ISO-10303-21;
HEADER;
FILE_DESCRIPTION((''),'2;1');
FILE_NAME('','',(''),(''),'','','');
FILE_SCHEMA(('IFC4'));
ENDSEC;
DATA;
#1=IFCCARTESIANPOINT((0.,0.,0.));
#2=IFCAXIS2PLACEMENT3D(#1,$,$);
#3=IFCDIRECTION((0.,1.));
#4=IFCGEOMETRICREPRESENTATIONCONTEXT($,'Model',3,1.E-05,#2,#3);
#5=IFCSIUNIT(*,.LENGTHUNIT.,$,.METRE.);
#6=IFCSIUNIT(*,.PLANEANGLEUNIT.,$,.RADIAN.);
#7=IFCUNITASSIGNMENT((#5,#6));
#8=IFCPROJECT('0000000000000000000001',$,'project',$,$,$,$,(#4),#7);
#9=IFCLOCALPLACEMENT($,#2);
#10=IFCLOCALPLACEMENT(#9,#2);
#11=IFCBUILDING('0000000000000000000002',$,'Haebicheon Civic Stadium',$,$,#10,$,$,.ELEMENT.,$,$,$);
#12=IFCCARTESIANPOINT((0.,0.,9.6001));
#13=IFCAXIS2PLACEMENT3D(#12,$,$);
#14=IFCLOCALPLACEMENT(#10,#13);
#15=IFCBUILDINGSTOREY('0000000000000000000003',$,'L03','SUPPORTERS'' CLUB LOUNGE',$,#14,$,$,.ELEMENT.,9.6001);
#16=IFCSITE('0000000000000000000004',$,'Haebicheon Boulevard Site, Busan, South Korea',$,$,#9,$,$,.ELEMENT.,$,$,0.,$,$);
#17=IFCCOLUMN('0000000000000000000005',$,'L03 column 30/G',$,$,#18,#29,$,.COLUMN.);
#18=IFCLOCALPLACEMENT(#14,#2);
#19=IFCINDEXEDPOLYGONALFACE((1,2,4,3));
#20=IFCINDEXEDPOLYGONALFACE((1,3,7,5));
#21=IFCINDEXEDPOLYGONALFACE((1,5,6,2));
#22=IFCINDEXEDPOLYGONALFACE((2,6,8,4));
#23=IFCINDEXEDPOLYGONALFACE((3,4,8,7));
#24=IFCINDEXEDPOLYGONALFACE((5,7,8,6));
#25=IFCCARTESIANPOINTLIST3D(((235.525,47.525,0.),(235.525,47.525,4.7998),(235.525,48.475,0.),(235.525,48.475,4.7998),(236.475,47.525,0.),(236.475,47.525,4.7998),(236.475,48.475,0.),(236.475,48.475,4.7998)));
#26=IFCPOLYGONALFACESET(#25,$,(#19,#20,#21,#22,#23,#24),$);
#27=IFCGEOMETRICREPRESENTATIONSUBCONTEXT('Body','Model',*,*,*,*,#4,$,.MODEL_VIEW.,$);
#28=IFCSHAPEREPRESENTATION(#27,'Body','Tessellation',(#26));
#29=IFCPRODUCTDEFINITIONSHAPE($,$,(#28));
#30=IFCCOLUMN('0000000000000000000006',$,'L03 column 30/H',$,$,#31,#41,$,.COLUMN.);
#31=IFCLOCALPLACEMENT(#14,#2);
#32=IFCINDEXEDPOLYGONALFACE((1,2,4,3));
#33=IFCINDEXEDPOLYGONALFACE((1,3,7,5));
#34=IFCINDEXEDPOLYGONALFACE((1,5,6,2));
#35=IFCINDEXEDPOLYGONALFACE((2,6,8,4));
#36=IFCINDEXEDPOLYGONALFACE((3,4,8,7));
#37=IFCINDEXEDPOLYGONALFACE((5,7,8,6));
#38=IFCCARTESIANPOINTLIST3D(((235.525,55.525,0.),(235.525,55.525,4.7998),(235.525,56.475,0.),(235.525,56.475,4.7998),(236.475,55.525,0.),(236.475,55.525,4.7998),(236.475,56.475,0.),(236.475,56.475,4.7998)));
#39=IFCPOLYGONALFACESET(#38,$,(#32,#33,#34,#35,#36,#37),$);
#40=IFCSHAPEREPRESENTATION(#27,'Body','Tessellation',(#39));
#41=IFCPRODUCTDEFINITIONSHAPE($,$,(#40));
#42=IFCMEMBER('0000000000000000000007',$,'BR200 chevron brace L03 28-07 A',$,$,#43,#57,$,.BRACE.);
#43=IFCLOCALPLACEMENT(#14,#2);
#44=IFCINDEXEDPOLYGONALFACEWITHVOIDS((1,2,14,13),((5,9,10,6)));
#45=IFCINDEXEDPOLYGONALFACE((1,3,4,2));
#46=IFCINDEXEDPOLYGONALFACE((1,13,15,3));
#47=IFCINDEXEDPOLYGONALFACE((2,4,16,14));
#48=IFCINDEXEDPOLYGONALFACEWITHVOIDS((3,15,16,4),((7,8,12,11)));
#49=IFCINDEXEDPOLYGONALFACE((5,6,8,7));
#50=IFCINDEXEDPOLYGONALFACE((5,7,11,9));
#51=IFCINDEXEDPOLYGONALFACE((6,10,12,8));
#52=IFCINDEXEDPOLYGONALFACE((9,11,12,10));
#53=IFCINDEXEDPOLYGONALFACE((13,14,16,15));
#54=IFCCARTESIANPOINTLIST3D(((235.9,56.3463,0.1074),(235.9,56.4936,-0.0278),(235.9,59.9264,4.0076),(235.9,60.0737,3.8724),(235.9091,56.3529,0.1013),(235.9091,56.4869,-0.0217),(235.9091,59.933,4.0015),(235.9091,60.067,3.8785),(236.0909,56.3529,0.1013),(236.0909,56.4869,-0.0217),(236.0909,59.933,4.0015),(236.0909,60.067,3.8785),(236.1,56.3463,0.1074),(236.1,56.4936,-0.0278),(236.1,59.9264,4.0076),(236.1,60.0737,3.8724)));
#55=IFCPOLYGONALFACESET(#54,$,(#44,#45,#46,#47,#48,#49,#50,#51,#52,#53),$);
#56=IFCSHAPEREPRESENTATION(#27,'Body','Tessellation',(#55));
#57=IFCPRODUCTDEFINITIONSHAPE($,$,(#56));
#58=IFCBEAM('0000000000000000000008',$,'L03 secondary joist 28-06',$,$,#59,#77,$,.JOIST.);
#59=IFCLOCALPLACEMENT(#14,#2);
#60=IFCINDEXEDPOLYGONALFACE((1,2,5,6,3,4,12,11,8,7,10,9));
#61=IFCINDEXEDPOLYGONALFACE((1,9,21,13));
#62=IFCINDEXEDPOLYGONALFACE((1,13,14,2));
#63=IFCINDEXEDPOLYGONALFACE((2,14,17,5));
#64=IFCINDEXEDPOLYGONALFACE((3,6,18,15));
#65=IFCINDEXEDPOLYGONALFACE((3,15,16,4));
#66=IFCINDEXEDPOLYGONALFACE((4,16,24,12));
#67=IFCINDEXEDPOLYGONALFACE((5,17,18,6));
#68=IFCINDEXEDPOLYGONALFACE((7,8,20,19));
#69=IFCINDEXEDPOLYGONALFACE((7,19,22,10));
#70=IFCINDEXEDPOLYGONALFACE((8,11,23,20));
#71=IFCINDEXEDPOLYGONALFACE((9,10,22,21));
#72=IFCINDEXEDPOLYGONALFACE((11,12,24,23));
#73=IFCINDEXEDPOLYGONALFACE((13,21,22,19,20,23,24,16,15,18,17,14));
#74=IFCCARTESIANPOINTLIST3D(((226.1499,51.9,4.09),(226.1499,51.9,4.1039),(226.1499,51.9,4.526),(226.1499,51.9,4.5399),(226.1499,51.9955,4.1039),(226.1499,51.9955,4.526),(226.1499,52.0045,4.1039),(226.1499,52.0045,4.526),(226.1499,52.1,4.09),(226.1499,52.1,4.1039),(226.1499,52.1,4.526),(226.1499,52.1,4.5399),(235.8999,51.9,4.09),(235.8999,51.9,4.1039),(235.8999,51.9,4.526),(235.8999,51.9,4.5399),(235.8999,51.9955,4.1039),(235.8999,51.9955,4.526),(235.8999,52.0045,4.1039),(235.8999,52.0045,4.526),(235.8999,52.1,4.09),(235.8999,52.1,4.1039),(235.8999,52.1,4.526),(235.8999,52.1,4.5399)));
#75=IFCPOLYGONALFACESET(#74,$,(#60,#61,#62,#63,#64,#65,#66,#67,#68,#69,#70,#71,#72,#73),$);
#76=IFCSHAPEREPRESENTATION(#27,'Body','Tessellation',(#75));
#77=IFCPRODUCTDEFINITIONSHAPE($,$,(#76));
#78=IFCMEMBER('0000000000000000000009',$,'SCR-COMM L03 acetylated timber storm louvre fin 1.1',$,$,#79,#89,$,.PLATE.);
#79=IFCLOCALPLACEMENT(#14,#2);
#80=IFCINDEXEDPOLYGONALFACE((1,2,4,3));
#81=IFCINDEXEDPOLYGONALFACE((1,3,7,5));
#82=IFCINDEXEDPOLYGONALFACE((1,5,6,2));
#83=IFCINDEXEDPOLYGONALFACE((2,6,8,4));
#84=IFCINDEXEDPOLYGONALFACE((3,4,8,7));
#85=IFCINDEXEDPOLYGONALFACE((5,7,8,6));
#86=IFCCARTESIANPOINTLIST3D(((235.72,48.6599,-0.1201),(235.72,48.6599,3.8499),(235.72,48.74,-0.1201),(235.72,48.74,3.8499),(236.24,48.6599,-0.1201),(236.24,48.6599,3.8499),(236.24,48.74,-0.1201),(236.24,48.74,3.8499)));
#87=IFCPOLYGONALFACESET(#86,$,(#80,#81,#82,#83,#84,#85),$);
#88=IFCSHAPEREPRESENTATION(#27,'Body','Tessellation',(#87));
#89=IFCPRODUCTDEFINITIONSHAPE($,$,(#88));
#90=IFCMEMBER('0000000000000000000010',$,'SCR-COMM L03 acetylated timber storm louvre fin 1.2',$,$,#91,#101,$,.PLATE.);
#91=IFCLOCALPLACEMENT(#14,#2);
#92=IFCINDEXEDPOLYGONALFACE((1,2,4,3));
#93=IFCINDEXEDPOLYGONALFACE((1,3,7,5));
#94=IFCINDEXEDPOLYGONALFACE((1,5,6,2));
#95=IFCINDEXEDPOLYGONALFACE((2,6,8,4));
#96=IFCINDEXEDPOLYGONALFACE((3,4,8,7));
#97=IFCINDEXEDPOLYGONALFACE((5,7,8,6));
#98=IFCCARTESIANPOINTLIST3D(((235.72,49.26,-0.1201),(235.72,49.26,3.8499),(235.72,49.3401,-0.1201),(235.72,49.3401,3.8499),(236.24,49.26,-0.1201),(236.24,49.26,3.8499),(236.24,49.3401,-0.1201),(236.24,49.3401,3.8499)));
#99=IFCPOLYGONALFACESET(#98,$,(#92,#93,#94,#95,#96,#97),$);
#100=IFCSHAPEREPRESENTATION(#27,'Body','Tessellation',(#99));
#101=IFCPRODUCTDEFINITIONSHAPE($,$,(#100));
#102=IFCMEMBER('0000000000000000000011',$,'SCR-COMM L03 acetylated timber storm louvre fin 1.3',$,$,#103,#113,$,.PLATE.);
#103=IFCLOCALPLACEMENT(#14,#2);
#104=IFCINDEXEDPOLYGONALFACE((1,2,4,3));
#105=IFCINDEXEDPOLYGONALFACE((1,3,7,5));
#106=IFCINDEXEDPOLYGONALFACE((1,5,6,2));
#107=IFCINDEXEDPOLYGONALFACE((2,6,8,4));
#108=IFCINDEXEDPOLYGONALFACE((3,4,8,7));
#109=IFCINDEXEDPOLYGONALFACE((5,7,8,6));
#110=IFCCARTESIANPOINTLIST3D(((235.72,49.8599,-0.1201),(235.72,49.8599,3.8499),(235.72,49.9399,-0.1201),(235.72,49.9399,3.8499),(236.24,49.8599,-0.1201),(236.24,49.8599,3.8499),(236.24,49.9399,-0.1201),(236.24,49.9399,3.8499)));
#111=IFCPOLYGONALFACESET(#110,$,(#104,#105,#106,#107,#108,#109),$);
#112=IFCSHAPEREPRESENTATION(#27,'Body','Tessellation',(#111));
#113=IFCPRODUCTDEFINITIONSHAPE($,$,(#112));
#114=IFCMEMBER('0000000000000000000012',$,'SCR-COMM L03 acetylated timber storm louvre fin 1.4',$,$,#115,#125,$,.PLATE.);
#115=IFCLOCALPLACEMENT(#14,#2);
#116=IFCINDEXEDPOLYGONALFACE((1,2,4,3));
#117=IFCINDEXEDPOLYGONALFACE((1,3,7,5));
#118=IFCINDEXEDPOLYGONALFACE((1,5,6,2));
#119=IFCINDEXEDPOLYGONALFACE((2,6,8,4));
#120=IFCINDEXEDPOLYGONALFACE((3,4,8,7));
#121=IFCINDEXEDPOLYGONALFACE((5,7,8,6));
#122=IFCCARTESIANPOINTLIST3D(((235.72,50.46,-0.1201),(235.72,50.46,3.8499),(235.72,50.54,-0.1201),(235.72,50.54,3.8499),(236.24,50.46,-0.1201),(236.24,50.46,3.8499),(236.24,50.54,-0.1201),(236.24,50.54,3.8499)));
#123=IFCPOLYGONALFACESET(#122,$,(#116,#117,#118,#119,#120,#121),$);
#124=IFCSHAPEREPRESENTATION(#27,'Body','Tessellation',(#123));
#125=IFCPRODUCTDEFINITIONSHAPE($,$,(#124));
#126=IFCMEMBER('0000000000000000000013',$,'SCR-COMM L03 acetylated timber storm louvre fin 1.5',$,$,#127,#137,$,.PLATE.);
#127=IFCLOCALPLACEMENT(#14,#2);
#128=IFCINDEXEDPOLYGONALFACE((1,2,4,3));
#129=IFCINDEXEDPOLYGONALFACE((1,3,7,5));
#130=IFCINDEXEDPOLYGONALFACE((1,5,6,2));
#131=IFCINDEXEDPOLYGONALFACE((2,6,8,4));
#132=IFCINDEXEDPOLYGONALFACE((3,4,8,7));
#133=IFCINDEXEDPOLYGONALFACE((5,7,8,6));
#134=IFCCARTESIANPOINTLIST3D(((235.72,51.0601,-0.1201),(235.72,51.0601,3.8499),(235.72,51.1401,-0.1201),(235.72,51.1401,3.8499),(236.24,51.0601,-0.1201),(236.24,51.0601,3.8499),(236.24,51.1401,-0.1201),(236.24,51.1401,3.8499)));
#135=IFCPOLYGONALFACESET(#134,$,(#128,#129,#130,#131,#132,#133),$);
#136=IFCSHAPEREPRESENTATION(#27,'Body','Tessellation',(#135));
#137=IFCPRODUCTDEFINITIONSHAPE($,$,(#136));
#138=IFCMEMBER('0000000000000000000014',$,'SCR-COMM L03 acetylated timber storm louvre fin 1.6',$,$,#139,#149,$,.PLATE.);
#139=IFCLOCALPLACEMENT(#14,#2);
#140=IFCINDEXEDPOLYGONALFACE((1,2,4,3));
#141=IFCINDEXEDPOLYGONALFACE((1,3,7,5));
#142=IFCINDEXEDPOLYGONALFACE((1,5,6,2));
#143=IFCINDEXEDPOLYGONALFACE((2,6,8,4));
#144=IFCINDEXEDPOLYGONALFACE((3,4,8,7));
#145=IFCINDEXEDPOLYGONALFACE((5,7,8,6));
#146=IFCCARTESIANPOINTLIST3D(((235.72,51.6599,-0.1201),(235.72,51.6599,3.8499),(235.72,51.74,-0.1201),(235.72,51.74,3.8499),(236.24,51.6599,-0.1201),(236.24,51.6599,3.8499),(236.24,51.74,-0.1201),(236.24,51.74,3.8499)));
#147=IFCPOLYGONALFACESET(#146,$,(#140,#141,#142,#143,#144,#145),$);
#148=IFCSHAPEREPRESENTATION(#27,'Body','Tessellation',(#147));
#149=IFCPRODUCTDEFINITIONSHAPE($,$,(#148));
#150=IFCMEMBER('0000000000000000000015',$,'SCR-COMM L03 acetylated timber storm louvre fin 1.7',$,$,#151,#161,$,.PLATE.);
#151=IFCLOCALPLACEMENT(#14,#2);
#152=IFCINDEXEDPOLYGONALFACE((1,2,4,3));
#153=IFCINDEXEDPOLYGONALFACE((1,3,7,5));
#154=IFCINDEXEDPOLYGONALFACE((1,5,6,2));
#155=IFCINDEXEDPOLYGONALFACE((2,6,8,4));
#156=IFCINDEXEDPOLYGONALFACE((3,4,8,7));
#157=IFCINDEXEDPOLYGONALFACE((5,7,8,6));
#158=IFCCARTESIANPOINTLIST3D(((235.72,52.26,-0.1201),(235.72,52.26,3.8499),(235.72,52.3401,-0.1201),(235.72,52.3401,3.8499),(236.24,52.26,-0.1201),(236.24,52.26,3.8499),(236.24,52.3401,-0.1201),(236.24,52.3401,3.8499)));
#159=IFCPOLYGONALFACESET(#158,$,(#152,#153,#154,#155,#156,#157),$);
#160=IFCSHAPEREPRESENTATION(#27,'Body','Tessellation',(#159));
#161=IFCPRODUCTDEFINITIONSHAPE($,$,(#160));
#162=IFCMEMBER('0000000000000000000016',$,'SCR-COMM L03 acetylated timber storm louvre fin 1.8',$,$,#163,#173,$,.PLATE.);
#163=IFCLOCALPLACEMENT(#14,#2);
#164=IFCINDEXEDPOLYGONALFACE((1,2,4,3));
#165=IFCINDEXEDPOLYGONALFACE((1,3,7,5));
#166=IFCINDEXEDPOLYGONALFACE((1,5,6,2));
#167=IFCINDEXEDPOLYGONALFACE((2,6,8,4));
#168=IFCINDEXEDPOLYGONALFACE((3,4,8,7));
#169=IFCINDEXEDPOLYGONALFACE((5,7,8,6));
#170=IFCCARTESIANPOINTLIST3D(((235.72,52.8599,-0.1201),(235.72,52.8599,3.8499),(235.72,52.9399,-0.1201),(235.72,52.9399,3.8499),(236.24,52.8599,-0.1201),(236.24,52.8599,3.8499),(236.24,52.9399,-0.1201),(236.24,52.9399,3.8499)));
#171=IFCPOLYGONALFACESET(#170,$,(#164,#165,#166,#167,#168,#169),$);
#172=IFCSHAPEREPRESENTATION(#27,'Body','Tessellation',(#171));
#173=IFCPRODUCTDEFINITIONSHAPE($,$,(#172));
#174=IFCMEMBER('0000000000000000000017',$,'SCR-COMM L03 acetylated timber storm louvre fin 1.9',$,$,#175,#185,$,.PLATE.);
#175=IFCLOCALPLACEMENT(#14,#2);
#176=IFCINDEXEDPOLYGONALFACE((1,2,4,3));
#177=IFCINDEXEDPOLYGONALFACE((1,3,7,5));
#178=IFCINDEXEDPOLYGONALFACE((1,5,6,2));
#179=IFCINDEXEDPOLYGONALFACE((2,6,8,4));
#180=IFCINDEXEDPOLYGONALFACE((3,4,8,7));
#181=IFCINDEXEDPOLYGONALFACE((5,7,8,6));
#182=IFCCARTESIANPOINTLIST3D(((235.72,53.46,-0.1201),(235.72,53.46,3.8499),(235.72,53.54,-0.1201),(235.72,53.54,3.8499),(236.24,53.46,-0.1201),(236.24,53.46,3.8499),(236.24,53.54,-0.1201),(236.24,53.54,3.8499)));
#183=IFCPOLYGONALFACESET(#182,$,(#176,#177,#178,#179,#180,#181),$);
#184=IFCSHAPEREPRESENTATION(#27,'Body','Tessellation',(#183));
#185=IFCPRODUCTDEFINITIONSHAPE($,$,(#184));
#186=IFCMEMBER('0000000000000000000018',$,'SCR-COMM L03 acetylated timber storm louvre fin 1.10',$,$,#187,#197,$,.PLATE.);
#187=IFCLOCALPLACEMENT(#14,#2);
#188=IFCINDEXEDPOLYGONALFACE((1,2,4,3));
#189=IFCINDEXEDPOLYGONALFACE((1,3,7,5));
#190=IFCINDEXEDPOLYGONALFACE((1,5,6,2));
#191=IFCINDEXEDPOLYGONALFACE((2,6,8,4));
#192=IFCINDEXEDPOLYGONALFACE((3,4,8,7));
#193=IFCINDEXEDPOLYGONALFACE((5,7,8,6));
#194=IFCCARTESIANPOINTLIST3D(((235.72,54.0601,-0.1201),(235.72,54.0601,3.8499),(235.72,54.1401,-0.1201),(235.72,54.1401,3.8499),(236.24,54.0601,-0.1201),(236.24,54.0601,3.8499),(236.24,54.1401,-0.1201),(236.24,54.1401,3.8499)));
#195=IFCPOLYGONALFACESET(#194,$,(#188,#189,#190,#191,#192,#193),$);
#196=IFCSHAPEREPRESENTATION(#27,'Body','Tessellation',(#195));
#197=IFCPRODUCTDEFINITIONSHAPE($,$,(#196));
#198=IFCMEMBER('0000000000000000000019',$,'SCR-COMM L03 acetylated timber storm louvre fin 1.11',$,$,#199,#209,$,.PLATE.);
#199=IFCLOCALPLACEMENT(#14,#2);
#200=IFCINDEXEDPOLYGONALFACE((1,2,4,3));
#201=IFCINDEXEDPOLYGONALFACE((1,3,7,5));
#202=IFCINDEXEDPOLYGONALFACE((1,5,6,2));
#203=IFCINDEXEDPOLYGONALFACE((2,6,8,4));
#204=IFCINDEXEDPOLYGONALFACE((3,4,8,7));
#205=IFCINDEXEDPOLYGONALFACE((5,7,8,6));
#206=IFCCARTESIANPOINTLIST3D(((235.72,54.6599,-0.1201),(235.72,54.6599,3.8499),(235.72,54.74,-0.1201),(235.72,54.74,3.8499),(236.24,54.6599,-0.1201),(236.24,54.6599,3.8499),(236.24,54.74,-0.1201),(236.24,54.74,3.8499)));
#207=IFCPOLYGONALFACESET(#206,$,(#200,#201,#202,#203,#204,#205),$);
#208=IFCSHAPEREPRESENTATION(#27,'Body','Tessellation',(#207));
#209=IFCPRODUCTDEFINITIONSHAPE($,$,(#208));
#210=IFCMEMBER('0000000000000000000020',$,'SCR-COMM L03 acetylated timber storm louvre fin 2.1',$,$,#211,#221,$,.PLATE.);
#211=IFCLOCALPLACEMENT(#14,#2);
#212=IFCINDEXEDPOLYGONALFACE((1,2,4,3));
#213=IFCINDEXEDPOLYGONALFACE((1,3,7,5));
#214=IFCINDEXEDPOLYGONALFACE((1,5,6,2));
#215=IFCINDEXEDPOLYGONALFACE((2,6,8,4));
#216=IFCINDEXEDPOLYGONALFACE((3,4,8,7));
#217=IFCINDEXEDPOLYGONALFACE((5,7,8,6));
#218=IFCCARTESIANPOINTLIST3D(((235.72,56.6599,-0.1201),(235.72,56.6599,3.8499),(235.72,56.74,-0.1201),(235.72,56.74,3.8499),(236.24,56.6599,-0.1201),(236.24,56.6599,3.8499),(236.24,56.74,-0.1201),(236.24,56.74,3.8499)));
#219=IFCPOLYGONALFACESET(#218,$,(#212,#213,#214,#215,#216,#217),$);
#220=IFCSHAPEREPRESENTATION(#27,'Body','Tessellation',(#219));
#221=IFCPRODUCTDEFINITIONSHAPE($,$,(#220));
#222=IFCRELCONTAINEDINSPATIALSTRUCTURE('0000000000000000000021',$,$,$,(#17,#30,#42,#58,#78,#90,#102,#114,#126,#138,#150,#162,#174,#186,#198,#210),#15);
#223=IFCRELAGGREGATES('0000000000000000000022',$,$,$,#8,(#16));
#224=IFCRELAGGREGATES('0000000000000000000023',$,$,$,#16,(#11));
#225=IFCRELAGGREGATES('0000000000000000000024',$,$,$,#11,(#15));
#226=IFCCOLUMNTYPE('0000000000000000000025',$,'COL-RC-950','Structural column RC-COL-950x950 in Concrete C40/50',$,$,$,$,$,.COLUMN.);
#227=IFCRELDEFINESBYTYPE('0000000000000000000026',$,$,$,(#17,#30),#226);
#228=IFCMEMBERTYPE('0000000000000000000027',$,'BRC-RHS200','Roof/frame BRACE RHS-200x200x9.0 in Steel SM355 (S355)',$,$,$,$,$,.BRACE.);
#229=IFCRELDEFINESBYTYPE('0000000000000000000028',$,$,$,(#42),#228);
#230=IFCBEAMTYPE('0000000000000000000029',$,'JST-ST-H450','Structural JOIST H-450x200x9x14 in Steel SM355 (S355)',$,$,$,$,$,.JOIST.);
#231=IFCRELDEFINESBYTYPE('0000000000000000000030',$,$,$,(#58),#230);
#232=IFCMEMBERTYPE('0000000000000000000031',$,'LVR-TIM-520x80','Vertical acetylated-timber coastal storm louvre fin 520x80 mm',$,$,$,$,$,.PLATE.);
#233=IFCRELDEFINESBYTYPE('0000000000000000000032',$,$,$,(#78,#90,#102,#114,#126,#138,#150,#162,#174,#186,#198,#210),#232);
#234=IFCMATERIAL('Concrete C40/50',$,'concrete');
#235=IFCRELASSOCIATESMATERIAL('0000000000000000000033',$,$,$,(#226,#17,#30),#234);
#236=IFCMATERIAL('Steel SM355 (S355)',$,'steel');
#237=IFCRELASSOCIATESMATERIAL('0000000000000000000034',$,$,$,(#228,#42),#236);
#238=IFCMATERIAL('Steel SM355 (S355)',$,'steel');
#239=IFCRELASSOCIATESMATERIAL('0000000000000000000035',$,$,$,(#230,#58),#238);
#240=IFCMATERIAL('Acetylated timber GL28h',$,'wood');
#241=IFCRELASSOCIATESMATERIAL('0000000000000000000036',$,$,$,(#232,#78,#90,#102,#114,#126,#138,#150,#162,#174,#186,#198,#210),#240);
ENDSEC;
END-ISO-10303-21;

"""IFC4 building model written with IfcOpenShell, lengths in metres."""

from ifc_helpers import new_model, si_unit, direction, frame, origin, origin_2d, place, context, subcontext, project, spatial, rectangle, hollow_rectangle, i_section, extrude, material, material_profile, profile_set, type_object, element, save


model = new_model("IFC4")

# Units and contexts
model_context = context("Model", 3, precision=1e-05, world=origin(), true_north=direction((0.0, 1.0)))
body_context = subcontext(model_context, "Body", "Model", "MODEL_VIEW")
ifc_project = project(units=[si_unit("LENGTHUNIT", "METRE"), si_unit("PLANEANGLEUNIT", "RADIAN")], contexts=[model_context])

# Site, building, storey
site_placement = place(None, origin())
site = spatial("IfcSite", under=ifc_project, at=site_placement, Name="Haebicheon Boulevard Site, Busan, South Korea", CompositionType="ELEMENT", RefElevation=0.0)
building_placement = place(site_placement, origin())
building = spatial("IfcBuilding", under=site, at=building_placement, Name="Haebicheon Civic Stadium", CompositionType="ELEMENT")
storey_placement = place(building_placement, frame((0.0, 0.0, 9.6001)))
storey = spatial("IfcBuildingStorey", under=building, at=storey_placement, Name="L03", Description="SUPPORTERS' CLUB LOUNGE", CompositionType="ELEMENT", Elevation=9.6001)

# Columns
ifc_material_1 = material(Name="Concrete C40/50", Category="concrete")
ifc_material_profile_1 = material_profile(ifc_material_1, rectangle(XDim=0.95, YDim=0.95, at=origin_2d()), Name="RC-COL-950x950")
ifc_profile_set_1 = profile_set([ifc_material_profile_1], Name="Concrete C40/50")
column_type = type_object("IfcColumnType", Name="COL-RC-950", Description="Structural column RC-COL-950x950 in Concrete C40/50", PredefinedType="COLUMN", material=ifc_profile_set_1)
for number, where, z_axis, x_axis, name in (
    (1, (236.0, 48.0, 0.0), (0.0, 0.0, 1.0), (1.0, 0.0, 0.0), "L03 column 30/G"),
    (2, (236.0, 56.0, 0.0), (0.0, 0.0, 1.0), (1.0, 0.0, 0.0), "L03 column 30/H"),
):
    element("IfcColumn", number, at=place(storey_placement, frame(where, z_axis=z_axis, x_axis=x_axis)), inside=storey, type_object=column_type, material=ifc_profile_set_1, Name=name, PredefinedType="COLUMN", context=body_context, shape_type="SweptSolid", body=[
        extrude(rectangle(XDim=0.95, YDim=0.95, at=origin_2d()), origin(), (0.0, 0.0, 1.0), 4.7998),
    ])

# Member
ifc_material_2 = material(Name="Steel SM355 (S355)", Category="steel")
ifc_material_profile_2 = material_profile(ifc_material_2, hollow_rectangle(XDim=0.2, YDim=0.2, WallThickness=0.009, at=origin_2d()), Name="RHS-200x200x9.0")
ifc_profile_set_2 = profile_set([ifc_material_profile_2], Name="Steel SM355 (S355)")
member_type_1 = type_object("IfcMemberType", Name="BRC-RHS200", Description="Roof/frame BRACE RHS-200x200x9.0 in Steel SM355 (S355)", PredefinedType="BRACE", material=ifc_profile_set_2)
member_placement = place(storey_placement, frame((236.0, 56.4199, 0.0398), z_axis=(0.0, 0.676232, 0.736689), x_axis=(-1.0, 0.0, 0.0)))
element("IfcMember", 3, at=member_placement, inside=storey, type_object=member_type_1, material=ifc_profile_set_2, Name="BR200 chevron brace L03 28-07 A", PredefinedType="BRACE", context=body_context, shape_type="SweptSolid", body=[
    extrude(hollow_rectangle(XDim=0.2, YDim=0.2, WallThickness=0.009, at=origin_2d()), origin(), (0.0, 0.0, 1.0), 5.2942),
])

# Beam
ifc_material_3 = material(Name="Steel SM355 (S355)", Category="steel")
ifc_material_profile_3 = material_profile(ifc_material_3, i_section(OverallWidth=0.2, OverallDepth=0.45, WebThickness=0.009, FlangeThickness=0.0139, at=origin_2d()), Name="H-450x200x9x14")
ifc_profile_set_3 = profile_set([ifc_material_profile_3], Name="Steel SM355 (S355)")
beam_type_1 = type_object("IfcBeamType", Name="JST-ST-H450", Description="Structural JOIST H-450x200x9x14 in Steel SM355 (S355)", PredefinedType="JOIST", material=ifc_profile_set_3)
beam_placement = place(storey_placement, frame((226.1499, 52.0, 4.3149), z_axis=(1.0, 0.0, 0.0), x_axis=(0.0, 1.0, 0.0)))
element("IfcBeam", 4, at=beam_placement, inside=storey, type_object=beam_type_1, material=ifc_profile_set_3, Name="L03 secondary joist 28-06", PredefinedType="JOIST", context=body_context, shape_type="SweptSolid", body=[
    extrude(i_section(OverallWidth=0.2, OverallDepth=0.45, WebThickness=0.009, FlangeThickness=0.0139, at=origin_2d()), origin(), (0.0, 0.0, 1.0), 9.75),
])

# Members
ifc_material_4 = material(Name="Acetylated timber GL28h", Category="wood")
ifc_material_profile_4 = material_profile(ifc_material_4, rectangle(XDim=0.0801, YDim=0.52, at=origin_2d()), Name="TMB-LOUV-80x520")
ifc_profile_set_4 = profile_set([ifc_material_profile_4], Name="Acetylated timber GL28h")
member_type_2 = type_object("IfcMemberType", Name="LVR-TIM-520x80", Description="Vertical acetylated-timber coastal storm louvre fin 520x80 mm", PredefinedType="PLATE", material=ifc_profile_set_4)
for number, where, z_axis, x_axis, name in (
    (5, (235.98, 48.7, -0.1201), (0.0, 0.0, 1.0), (0.0, 1.0, 0.0), "SCR-COMM L03 acetylated timber storm louvre fin 1.1"),
    (6, (235.98, 49.3, -0.1201), (0.0, 0.0, 1.0), (0.0, 1.0, 0.0), "SCR-COMM L03 acetylated timber storm louvre fin 1.2"),
    (7, (235.98, 49.8999, -0.1201), (0.0, 0.0, 1.0), (0.0, 1.0, 0.0), "SCR-COMM L03 acetylated timber storm louvre fin 1.3"),
    (8, (235.98, 50.5, -0.1201), (0.0, 0.0, 1.0), (0.0, 1.0, 0.0), "SCR-COMM L03 acetylated timber storm louvre fin 1.4"),
    (9, (235.98, 51.1001, -0.1201), (0.0, 0.0, 1.0), (0.0, 1.0, 0.0), "SCR-COMM L03 acetylated timber storm louvre fin 1.5"),
    (10, (235.98, 51.7, -0.1201), (0.0, 0.0, 1.0), (0.0, 1.0, 0.0), "SCR-COMM L03 acetylated timber storm louvre fin 1.6"),
    (11, (235.98, 52.3, -0.1201), (0.0, 0.0, 1.0), (0.0, 1.0, 0.0), "SCR-COMM L03 acetylated timber storm louvre fin 1.7"),
    (12, (235.98, 52.8999, -0.1201), (0.0, 0.0, 1.0), (0.0, 1.0, 0.0), "SCR-COMM L03 acetylated timber storm louvre fin 1.8"),
    (13, (235.98, 53.5, -0.1201), (0.0, 0.0, 1.0), (0.0, 1.0, 0.0), "SCR-COMM L03 acetylated timber storm louvre fin 1.9"),
    (14, (235.98, 54.1001, -0.1201), (0.0, 0.0, 1.0), (0.0, 1.0, 0.0), "SCR-COMM L03 acetylated timber storm louvre fin 1.10"),
    (15, (235.98, 54.7, -0.1201), (0.0, 0.0, 1.0), (0.0, 1.0, 0.0), "SCR-COMM L03 acetylated timber storm louvre fin 1.11"),
    (16, (235.98, 56.7, -0.1201), (0.0, 0.0, 1.0), (0.0, 1.0, 0.0), "SCR-COMM L03 acetylated timber storm louvre fin 2.1"),
):
    element("IfcMember", number, at=place(storey_placement, frame(where, z_axis=z_axis, x_axis=x_axis)), inside=storey, type_object=member_type_2, material=ifc_profile_set_4, Name=name, PredefinedType="PLATE", context=body_context, shape_type="SweptSolid", body=[
        extrude(rectangle(XDim=0.0801, YDim=0.52, at=origin_2d()), origin(), (0.0, 0.0, 1.0), 3.97),
    ])

save(model, "model.ifc")
